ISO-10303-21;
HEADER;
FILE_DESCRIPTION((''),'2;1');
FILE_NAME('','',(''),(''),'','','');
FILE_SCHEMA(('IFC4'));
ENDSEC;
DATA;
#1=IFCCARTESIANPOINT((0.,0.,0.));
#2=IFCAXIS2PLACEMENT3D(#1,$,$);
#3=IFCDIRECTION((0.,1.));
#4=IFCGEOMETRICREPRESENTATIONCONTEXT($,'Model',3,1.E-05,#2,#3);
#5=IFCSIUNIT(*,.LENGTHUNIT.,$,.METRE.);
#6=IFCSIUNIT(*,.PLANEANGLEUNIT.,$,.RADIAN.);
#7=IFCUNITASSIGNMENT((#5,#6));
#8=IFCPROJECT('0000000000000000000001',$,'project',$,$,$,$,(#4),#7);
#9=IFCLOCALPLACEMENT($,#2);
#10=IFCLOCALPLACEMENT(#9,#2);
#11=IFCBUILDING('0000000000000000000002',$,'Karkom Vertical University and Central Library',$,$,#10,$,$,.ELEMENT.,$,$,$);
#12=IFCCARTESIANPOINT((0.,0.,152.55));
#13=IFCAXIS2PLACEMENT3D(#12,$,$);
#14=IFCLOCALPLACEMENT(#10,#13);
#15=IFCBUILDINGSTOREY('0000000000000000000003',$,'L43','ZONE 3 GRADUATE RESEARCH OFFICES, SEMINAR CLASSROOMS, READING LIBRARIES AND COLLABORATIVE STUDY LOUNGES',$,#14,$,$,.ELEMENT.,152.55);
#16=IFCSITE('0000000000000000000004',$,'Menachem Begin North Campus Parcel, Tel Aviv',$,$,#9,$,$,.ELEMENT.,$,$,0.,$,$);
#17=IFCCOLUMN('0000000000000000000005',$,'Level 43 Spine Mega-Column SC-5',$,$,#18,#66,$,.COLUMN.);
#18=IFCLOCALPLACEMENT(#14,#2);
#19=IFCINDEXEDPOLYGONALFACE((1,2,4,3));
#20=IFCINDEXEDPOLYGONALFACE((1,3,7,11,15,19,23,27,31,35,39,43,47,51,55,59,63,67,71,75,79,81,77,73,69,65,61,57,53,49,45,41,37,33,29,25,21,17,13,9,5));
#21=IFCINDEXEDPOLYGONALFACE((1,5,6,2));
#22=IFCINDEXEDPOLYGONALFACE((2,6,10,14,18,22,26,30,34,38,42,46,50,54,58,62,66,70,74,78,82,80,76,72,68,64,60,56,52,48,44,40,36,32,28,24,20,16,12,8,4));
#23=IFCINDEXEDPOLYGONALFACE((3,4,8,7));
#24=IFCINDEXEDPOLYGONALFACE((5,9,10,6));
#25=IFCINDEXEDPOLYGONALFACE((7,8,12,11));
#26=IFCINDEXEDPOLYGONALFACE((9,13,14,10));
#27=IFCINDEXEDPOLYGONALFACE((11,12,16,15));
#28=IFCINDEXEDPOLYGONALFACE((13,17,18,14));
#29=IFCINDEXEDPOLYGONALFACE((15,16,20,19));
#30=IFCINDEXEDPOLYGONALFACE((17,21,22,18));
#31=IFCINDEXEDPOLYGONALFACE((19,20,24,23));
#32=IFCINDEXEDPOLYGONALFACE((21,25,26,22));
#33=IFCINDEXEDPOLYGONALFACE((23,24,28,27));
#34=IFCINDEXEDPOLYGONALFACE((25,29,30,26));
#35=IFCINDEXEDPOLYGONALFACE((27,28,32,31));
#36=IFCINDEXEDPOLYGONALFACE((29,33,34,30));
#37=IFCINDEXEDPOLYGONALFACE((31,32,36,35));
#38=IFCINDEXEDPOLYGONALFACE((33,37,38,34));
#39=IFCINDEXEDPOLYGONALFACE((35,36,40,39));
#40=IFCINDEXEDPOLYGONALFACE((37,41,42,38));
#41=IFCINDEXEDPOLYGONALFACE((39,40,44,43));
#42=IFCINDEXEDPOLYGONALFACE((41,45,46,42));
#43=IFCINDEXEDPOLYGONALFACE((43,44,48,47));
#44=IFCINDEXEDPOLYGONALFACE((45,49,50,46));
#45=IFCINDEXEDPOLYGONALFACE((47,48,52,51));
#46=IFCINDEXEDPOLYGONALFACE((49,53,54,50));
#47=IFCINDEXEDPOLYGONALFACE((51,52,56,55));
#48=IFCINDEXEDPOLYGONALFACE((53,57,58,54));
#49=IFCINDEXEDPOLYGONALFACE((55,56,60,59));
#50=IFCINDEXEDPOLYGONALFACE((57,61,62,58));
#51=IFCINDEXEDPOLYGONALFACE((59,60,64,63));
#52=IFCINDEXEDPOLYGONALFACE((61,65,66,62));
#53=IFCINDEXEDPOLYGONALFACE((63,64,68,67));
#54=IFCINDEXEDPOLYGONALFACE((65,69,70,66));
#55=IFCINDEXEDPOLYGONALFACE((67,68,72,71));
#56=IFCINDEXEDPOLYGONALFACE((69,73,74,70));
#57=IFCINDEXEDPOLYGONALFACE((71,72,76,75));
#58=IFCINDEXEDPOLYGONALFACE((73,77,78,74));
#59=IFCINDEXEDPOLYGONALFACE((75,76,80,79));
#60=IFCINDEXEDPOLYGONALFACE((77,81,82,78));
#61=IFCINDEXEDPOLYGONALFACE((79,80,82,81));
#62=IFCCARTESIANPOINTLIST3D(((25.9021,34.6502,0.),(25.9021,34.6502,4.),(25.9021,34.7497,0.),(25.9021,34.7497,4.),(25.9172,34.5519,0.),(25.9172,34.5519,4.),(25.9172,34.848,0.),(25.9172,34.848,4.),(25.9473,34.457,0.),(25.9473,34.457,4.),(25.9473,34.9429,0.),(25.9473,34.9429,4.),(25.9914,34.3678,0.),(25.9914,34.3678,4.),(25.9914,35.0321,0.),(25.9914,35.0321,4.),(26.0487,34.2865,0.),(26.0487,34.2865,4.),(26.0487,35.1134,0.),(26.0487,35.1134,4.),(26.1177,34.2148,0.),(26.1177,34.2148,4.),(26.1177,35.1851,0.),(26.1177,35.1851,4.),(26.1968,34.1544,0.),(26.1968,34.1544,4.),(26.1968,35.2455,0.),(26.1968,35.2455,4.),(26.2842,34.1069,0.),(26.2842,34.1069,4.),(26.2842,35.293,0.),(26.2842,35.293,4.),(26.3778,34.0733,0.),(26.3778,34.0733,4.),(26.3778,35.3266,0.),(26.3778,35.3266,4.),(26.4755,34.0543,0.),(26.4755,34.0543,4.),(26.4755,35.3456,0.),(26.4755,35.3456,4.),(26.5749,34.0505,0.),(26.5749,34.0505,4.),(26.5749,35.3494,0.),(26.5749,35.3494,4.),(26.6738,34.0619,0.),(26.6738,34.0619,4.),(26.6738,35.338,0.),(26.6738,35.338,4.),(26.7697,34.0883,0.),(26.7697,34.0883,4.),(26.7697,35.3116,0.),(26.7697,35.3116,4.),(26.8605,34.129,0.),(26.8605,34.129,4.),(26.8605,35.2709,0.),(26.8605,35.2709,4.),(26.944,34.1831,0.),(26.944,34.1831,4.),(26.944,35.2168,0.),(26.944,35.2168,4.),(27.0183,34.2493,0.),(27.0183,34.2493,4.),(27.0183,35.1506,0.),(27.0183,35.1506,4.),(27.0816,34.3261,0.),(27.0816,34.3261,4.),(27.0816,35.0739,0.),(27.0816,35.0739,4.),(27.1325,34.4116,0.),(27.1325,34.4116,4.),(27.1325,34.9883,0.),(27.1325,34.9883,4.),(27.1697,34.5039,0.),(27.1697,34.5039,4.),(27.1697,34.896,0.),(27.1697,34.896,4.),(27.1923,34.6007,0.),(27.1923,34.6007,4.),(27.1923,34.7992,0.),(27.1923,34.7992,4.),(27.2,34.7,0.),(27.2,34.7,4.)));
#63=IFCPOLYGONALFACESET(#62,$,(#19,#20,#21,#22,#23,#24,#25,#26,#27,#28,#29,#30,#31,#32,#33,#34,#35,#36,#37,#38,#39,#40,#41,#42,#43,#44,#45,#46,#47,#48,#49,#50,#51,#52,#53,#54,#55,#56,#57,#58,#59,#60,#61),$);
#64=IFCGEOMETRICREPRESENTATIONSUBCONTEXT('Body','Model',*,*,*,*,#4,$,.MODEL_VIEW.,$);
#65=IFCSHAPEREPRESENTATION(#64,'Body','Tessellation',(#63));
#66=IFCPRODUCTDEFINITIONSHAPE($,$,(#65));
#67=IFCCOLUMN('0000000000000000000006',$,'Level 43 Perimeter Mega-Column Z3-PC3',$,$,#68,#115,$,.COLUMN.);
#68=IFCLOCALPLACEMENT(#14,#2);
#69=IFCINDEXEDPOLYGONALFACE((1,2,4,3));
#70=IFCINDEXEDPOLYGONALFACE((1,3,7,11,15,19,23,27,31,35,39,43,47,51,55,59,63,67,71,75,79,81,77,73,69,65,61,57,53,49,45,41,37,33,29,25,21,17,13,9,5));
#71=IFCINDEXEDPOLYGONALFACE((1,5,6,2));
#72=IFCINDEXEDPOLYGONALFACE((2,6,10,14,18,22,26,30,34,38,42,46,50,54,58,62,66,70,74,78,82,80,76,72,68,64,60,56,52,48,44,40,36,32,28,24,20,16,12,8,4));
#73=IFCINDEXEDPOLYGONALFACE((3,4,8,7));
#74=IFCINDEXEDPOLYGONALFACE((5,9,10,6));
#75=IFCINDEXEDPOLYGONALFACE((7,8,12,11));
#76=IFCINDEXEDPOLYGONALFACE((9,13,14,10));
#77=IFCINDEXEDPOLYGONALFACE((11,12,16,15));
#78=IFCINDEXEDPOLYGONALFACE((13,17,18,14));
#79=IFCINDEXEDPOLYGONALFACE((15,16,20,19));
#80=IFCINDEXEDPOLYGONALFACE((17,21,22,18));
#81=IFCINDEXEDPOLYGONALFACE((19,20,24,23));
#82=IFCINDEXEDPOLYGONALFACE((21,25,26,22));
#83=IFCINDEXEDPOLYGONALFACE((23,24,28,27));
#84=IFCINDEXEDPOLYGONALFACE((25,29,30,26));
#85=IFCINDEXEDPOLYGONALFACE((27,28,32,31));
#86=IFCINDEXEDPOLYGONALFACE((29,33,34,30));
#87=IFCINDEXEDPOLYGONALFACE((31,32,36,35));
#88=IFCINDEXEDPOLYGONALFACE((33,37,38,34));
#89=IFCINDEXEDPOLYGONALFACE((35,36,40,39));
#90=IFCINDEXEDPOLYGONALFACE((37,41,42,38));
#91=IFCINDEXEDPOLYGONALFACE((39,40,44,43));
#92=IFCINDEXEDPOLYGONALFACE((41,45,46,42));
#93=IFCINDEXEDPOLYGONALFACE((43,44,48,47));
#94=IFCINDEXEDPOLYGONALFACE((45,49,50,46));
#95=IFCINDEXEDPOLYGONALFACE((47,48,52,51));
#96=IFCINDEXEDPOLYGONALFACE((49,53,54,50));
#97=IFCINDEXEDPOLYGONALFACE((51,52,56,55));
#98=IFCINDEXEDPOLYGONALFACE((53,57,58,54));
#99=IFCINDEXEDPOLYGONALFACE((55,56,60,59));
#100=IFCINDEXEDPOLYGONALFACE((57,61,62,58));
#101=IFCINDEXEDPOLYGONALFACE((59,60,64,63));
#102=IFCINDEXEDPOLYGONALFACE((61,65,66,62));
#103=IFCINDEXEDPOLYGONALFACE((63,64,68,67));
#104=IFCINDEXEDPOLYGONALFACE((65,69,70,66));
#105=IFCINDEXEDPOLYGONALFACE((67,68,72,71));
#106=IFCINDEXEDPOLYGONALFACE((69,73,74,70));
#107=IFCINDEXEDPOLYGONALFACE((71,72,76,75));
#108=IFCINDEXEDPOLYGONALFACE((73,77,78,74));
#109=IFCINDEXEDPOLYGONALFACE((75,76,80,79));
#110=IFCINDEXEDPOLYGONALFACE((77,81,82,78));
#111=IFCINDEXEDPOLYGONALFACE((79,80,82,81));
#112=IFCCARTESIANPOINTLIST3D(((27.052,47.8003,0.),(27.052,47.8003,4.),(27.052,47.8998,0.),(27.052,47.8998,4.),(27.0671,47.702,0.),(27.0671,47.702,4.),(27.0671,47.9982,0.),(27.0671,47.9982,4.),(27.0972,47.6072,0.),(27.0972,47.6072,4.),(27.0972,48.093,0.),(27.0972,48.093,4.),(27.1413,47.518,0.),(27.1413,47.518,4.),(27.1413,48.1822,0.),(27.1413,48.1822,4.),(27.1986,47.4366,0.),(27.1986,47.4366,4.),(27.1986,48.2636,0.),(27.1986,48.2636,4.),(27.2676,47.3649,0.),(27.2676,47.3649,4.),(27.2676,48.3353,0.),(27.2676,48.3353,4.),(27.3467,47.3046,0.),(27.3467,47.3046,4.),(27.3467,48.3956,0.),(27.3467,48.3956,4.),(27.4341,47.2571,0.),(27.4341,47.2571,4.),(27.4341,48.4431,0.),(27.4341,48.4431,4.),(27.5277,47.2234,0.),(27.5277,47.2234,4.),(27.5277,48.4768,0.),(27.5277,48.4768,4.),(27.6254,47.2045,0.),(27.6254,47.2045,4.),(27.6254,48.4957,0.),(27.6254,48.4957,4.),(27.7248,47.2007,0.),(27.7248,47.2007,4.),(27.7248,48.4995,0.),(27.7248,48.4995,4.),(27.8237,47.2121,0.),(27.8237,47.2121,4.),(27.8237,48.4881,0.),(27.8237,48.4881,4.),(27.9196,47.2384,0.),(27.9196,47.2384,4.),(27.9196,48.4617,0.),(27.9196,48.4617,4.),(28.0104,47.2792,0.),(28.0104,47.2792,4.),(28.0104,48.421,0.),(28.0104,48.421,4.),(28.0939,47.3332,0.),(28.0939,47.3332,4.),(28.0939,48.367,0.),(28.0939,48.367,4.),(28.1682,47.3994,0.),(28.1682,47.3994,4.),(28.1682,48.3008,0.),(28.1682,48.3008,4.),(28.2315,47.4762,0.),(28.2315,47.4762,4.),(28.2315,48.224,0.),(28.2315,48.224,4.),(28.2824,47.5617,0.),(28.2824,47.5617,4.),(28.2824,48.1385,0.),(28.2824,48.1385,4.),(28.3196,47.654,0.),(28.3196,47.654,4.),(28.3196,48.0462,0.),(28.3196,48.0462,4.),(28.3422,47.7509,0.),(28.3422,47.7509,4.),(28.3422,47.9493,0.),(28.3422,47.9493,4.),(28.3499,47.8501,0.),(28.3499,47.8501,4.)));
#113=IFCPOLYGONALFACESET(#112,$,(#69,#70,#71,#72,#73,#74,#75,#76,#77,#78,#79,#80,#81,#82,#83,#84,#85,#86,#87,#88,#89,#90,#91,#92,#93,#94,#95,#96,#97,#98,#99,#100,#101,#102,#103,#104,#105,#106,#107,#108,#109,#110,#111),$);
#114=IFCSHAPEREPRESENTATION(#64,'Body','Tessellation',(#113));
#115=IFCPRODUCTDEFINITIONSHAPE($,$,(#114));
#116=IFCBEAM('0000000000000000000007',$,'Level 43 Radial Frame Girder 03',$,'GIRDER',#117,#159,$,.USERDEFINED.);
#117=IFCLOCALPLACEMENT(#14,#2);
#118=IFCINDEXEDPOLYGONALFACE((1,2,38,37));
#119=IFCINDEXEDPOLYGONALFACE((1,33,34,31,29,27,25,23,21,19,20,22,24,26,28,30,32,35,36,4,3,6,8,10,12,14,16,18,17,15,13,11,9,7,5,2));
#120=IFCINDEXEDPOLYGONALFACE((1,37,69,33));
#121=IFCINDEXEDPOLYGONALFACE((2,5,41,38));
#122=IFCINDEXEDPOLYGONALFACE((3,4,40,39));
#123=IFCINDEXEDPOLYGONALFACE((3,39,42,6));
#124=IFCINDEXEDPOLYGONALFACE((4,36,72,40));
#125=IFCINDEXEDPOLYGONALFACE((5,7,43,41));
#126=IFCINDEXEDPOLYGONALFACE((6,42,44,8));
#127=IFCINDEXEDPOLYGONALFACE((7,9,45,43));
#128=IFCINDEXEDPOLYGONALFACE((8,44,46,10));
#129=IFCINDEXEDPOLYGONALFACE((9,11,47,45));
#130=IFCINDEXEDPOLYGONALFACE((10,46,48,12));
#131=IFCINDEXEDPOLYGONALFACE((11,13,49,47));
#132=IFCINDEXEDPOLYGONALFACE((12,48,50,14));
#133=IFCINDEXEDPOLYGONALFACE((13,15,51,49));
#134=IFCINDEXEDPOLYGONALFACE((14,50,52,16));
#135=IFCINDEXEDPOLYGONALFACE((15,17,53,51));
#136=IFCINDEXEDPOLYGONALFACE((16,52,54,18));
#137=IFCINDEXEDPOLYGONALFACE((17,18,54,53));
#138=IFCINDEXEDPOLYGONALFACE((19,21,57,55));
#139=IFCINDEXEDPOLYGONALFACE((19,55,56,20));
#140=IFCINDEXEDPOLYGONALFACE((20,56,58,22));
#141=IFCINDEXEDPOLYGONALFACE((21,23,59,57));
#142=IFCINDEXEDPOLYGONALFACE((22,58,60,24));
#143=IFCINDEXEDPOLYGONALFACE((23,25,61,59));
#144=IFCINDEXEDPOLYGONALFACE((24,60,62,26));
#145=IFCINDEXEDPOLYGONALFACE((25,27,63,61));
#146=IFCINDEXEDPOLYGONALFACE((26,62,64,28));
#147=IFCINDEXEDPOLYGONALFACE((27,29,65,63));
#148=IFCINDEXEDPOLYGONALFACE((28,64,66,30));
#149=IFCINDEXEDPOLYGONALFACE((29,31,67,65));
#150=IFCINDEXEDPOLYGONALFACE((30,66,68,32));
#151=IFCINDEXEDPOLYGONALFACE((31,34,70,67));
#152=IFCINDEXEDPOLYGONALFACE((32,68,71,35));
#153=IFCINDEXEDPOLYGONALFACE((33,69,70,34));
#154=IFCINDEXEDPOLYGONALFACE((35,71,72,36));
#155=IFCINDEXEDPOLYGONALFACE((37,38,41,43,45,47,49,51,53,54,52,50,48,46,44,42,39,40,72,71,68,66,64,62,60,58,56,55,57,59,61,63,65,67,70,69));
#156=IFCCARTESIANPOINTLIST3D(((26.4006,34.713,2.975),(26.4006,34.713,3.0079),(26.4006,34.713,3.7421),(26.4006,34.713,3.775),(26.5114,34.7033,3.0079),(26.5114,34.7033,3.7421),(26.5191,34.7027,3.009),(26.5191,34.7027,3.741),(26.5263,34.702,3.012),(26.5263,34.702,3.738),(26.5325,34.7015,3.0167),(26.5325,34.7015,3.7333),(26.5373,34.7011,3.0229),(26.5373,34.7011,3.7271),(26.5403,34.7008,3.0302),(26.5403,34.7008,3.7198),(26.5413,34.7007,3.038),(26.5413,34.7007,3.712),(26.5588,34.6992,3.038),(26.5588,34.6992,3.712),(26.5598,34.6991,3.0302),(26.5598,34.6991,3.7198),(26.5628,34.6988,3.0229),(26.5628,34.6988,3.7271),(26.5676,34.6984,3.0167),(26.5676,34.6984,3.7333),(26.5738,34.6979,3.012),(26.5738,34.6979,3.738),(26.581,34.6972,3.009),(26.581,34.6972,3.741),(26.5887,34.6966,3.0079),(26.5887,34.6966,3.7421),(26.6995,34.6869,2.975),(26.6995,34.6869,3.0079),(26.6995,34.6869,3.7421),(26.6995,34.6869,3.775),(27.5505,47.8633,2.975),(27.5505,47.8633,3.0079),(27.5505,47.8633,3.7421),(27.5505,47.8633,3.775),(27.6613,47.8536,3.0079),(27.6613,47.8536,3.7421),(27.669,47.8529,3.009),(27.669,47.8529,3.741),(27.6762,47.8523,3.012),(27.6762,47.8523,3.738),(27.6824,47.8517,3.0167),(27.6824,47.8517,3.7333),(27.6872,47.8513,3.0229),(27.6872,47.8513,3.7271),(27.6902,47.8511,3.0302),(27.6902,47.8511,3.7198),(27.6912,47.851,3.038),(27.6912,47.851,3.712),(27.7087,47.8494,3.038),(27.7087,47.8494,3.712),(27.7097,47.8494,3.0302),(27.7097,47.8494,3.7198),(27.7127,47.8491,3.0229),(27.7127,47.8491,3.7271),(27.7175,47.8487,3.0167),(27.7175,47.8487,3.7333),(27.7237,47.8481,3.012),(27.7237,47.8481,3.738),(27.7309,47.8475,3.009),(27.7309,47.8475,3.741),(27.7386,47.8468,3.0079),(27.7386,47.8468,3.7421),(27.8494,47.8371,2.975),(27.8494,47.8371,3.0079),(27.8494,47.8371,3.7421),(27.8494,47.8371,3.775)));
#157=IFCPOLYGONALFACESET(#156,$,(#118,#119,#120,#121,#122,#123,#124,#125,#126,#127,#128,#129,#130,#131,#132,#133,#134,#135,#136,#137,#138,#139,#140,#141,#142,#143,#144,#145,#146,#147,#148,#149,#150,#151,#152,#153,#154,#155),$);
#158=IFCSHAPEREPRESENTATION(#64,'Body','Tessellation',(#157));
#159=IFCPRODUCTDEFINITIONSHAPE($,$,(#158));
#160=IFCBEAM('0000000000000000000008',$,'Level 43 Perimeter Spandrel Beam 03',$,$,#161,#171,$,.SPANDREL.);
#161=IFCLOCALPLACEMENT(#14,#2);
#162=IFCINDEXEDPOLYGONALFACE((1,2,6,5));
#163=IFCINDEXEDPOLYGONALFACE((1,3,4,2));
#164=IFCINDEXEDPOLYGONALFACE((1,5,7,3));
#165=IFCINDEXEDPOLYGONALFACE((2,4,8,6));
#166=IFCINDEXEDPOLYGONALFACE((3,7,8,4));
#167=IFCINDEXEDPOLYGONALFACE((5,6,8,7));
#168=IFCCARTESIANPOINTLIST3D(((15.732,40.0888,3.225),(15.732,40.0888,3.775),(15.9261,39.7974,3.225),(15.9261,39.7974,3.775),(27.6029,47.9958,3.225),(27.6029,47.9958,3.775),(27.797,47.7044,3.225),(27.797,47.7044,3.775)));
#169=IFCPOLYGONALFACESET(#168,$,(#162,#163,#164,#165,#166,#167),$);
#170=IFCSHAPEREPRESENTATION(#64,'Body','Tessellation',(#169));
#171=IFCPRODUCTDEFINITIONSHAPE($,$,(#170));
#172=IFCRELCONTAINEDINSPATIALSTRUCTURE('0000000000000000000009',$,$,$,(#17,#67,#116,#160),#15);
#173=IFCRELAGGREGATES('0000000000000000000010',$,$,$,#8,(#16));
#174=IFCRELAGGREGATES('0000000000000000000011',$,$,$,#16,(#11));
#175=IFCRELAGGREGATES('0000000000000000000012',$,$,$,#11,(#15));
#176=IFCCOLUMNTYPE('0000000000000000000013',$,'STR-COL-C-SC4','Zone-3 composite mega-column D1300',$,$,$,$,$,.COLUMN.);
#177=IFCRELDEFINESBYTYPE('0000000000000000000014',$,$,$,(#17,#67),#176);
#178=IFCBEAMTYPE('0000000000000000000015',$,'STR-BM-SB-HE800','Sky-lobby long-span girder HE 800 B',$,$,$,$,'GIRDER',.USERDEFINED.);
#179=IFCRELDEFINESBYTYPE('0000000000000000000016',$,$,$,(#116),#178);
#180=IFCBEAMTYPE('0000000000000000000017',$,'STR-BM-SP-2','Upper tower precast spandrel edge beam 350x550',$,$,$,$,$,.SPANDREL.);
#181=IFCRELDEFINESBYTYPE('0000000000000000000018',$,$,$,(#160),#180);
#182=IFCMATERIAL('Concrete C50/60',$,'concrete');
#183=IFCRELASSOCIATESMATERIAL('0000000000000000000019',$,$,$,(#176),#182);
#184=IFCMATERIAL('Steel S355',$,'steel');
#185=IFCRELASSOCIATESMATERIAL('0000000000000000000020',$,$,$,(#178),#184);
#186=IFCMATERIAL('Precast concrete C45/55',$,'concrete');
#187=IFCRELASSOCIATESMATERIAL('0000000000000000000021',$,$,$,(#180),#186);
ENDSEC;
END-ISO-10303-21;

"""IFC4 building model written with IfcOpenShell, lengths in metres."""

from ifc_helpers import new_model, si_unit, direction, frame, origin, origin_with_axes, origin_2d, place, context, subcontext, project, spatial, rectangle, circle, i_section, extrude, source, transform, mapped, material, material_profile, profile_set, type_object, element, save


model = new_model("IFC4")

# Units and contexts
model_context = context("Model", 3, precision=1e-05, world=origin(), true_north=direction((0.0, 1.0)))
body_context = subcontext(model_context, "Body", "Model", "MODEL_VIEW")
ifc_project = project(units=[si_unit("LENGTHUNIT", "METRE"), si_unit("PLANEANGLEUNIT", "RADIAN")], contexts=[model_context])

# Site, building, storey
site_placement = place(None, origin())
site = spatial("IfcSite", under=ifc_project, at=site_placement, Name="Menachem Begin North Campus Parcel, Tel Aviv", CompositionType="ELEMENT", RefElevation=0.0)
building_placement = place(site_placement, origin())
building = spatial("IfcBuilding", under=site, at=building_placement, Name="Karkom Vertical University and Central Library", CompositionType="ELEMENT")
storey_placement = place(building_placement, frame((0.0, 0.0, 152.55)))
storey = spatial("IfcBuildingStorey", under=building, at=storey_placement, Name="L43", Description="ZONE 3 GRADUATE RESEARCH OFFICES, SEMINAR CLASSROOMS, READING LIBRARIES AND COLLABORATIVE STUDY LOUNGES", CompositionType="ELEMENT", Elevation=152.55)

# Columns
ifc_material_1 = material(Name="Concrete C50/60", Category="concrete")
ifc_material_profile_1 = material_profile(ifc_material_1, circle(Radius=0.6499, at=origin_2d()), Name="CFT-D1300")
ifc_profile_set_1 = profile_set([ifc_material_profile_1], Name="Concrete C50/60")
column_type = type_object("IfcColumnType", Name="STR-COL-C-SC4", Description="Zone-3 composite mega-column D1300", PredefinedType="COLUMN", material=ifc_profile_set_1)
shared_shape_1 = source(origin_with_axes(), body_context, "Body", "SweptSolid", [
    extrude(circle(Radius=0.6499, at=origin_2d()), origin(), (0.0, 0.0, 1.0), 4.0),
])
for number, where, z_axis, x_axis, name in (
    (1, (26.55, 34.7, 0.0), (0.0, 0.0, 1.0), (1.0, 0.0, 0.0), "Level 43 Spine Mega-Column SC-5"),
    (2, (27.7, 47.8501, 0.0), (0.0, 0.0, 1.0), (1.0, 0.0, 0.0), "Level 43 Perimeter Mega-Column Z3-PC3"),
):
    element("IfcColumn", number, at=place(storey_placement, frame(where, z_axis=z_axis, x_axis=x_axis)), inside=storey, type_object=column_type, Name=name, PredefinedType="COLUMN", context=body_context, shape_type="MappedRepresentation", body=[
        mapped(shared_shape_1, transform((0.0, 0.0, 0.0), scale=1.0)),
    ])

# Beams
ifc_material_2 = material(Name="Steel S355", Category="steel")
ifc_material_profile_2 = material_profile(ifc_material_2, i_section(OverallWidth=0.3, OverallDepth=0.8, WebThickness=0.0176, FlangeThickness=0.033, FilletRadius=0.03, at=origin_2d()), Name="HE 800 B")
ifc_profile_set_2 = profile_set([ifc_material_profile_2], Name="Steel S355")
beam_type_1 = type_object("IfcBeamType", Name="STR-BM-SB-HE800", Description="Sky-lobby long-span girder HE 800 B", ElementType="GIRDER", PredefinedType="USERDEFINED", material=ifc_profile_set_2)
shared_shape_2 = source(origin_with_axes(), body_context, "Body", "SweptSolid", [
    extrude(i_section(OverallWidth=0.3, OverallDepth=0.8, WebThickness=0.0176, FlangeThickness=0.033, FilletRadius=0.03, at=origin_2d()), origin(), (0.0, 0.0, 1.0), 13.2004),
])
beam_1_placement = place(storey_placement, frame((26.55, 34.7, 3.375), z_axis=(0.087112, 0.996199, 0.0), x_axis=(-0.996199, 0.087112, 0.0)))
element("IfcBeam", 3, at=beam_1_placement, inside=storey, type_object=beam_type_1, Name="Level 43 Radial Frame Girder 03", ObjectType="GIRDER", PredefinedType="USERDEFINED", context=body_context, shape_type="MappedRepresentation", body=[
    mapped(shared_shape_2, transform((0.0, 0.0, 0.0), scale=1.0)),
])
ifc_material_3 = material(Name="Precast concrete C45/55", Category="concrete")
ifc_material_profile_3 = material_profile(ifc_material_3, rectangle(XDim=0.3501, YDim=0.55, at=origin_2d()), Name="SPB-350x550")
ifc_profile_set_3 = profile_set([ifc_material_profile_3], Name="Precast concrete C45/55")
beam_type_2 = type_object("IfcBeamType", Name="STR-BM-SP-2", Description="Upper tower precast spandrel edge beam 350x550", PredefinedType="SPANDREL", material=ifc_profile_set_3)
shared_shape_3 = source(origin_with_axes(), body_context, "Body", "SweptSolid", [
    extrude(rectangle(XDim=0.3501, YDim=0.55, at=origin_2d()), origin(), (0.0, 0.0, 1.0), 14.2632),
])
beam_2_placement = place(storey_placement, frame((27.7, 47.8501, 3.5), z_axis=(-0.832274, -0.554364, 0.0), x_axis=(0.554364, -0.832274, 0.0)))
element("IfcBeam", 4, at=beam_2_placement, inside=storey, type_object=beam_type_2, Name="Level 43 Perimeter Spandrel Beam 03", PredefinedType="SPANDREL", context=body_context, shape_type="MappedRepresentation", body=[
    mapped(shared_shape_3, transform((0.0, 0.0, 0.0), scale=1.0)),
])

save(model, "model.ifc")
